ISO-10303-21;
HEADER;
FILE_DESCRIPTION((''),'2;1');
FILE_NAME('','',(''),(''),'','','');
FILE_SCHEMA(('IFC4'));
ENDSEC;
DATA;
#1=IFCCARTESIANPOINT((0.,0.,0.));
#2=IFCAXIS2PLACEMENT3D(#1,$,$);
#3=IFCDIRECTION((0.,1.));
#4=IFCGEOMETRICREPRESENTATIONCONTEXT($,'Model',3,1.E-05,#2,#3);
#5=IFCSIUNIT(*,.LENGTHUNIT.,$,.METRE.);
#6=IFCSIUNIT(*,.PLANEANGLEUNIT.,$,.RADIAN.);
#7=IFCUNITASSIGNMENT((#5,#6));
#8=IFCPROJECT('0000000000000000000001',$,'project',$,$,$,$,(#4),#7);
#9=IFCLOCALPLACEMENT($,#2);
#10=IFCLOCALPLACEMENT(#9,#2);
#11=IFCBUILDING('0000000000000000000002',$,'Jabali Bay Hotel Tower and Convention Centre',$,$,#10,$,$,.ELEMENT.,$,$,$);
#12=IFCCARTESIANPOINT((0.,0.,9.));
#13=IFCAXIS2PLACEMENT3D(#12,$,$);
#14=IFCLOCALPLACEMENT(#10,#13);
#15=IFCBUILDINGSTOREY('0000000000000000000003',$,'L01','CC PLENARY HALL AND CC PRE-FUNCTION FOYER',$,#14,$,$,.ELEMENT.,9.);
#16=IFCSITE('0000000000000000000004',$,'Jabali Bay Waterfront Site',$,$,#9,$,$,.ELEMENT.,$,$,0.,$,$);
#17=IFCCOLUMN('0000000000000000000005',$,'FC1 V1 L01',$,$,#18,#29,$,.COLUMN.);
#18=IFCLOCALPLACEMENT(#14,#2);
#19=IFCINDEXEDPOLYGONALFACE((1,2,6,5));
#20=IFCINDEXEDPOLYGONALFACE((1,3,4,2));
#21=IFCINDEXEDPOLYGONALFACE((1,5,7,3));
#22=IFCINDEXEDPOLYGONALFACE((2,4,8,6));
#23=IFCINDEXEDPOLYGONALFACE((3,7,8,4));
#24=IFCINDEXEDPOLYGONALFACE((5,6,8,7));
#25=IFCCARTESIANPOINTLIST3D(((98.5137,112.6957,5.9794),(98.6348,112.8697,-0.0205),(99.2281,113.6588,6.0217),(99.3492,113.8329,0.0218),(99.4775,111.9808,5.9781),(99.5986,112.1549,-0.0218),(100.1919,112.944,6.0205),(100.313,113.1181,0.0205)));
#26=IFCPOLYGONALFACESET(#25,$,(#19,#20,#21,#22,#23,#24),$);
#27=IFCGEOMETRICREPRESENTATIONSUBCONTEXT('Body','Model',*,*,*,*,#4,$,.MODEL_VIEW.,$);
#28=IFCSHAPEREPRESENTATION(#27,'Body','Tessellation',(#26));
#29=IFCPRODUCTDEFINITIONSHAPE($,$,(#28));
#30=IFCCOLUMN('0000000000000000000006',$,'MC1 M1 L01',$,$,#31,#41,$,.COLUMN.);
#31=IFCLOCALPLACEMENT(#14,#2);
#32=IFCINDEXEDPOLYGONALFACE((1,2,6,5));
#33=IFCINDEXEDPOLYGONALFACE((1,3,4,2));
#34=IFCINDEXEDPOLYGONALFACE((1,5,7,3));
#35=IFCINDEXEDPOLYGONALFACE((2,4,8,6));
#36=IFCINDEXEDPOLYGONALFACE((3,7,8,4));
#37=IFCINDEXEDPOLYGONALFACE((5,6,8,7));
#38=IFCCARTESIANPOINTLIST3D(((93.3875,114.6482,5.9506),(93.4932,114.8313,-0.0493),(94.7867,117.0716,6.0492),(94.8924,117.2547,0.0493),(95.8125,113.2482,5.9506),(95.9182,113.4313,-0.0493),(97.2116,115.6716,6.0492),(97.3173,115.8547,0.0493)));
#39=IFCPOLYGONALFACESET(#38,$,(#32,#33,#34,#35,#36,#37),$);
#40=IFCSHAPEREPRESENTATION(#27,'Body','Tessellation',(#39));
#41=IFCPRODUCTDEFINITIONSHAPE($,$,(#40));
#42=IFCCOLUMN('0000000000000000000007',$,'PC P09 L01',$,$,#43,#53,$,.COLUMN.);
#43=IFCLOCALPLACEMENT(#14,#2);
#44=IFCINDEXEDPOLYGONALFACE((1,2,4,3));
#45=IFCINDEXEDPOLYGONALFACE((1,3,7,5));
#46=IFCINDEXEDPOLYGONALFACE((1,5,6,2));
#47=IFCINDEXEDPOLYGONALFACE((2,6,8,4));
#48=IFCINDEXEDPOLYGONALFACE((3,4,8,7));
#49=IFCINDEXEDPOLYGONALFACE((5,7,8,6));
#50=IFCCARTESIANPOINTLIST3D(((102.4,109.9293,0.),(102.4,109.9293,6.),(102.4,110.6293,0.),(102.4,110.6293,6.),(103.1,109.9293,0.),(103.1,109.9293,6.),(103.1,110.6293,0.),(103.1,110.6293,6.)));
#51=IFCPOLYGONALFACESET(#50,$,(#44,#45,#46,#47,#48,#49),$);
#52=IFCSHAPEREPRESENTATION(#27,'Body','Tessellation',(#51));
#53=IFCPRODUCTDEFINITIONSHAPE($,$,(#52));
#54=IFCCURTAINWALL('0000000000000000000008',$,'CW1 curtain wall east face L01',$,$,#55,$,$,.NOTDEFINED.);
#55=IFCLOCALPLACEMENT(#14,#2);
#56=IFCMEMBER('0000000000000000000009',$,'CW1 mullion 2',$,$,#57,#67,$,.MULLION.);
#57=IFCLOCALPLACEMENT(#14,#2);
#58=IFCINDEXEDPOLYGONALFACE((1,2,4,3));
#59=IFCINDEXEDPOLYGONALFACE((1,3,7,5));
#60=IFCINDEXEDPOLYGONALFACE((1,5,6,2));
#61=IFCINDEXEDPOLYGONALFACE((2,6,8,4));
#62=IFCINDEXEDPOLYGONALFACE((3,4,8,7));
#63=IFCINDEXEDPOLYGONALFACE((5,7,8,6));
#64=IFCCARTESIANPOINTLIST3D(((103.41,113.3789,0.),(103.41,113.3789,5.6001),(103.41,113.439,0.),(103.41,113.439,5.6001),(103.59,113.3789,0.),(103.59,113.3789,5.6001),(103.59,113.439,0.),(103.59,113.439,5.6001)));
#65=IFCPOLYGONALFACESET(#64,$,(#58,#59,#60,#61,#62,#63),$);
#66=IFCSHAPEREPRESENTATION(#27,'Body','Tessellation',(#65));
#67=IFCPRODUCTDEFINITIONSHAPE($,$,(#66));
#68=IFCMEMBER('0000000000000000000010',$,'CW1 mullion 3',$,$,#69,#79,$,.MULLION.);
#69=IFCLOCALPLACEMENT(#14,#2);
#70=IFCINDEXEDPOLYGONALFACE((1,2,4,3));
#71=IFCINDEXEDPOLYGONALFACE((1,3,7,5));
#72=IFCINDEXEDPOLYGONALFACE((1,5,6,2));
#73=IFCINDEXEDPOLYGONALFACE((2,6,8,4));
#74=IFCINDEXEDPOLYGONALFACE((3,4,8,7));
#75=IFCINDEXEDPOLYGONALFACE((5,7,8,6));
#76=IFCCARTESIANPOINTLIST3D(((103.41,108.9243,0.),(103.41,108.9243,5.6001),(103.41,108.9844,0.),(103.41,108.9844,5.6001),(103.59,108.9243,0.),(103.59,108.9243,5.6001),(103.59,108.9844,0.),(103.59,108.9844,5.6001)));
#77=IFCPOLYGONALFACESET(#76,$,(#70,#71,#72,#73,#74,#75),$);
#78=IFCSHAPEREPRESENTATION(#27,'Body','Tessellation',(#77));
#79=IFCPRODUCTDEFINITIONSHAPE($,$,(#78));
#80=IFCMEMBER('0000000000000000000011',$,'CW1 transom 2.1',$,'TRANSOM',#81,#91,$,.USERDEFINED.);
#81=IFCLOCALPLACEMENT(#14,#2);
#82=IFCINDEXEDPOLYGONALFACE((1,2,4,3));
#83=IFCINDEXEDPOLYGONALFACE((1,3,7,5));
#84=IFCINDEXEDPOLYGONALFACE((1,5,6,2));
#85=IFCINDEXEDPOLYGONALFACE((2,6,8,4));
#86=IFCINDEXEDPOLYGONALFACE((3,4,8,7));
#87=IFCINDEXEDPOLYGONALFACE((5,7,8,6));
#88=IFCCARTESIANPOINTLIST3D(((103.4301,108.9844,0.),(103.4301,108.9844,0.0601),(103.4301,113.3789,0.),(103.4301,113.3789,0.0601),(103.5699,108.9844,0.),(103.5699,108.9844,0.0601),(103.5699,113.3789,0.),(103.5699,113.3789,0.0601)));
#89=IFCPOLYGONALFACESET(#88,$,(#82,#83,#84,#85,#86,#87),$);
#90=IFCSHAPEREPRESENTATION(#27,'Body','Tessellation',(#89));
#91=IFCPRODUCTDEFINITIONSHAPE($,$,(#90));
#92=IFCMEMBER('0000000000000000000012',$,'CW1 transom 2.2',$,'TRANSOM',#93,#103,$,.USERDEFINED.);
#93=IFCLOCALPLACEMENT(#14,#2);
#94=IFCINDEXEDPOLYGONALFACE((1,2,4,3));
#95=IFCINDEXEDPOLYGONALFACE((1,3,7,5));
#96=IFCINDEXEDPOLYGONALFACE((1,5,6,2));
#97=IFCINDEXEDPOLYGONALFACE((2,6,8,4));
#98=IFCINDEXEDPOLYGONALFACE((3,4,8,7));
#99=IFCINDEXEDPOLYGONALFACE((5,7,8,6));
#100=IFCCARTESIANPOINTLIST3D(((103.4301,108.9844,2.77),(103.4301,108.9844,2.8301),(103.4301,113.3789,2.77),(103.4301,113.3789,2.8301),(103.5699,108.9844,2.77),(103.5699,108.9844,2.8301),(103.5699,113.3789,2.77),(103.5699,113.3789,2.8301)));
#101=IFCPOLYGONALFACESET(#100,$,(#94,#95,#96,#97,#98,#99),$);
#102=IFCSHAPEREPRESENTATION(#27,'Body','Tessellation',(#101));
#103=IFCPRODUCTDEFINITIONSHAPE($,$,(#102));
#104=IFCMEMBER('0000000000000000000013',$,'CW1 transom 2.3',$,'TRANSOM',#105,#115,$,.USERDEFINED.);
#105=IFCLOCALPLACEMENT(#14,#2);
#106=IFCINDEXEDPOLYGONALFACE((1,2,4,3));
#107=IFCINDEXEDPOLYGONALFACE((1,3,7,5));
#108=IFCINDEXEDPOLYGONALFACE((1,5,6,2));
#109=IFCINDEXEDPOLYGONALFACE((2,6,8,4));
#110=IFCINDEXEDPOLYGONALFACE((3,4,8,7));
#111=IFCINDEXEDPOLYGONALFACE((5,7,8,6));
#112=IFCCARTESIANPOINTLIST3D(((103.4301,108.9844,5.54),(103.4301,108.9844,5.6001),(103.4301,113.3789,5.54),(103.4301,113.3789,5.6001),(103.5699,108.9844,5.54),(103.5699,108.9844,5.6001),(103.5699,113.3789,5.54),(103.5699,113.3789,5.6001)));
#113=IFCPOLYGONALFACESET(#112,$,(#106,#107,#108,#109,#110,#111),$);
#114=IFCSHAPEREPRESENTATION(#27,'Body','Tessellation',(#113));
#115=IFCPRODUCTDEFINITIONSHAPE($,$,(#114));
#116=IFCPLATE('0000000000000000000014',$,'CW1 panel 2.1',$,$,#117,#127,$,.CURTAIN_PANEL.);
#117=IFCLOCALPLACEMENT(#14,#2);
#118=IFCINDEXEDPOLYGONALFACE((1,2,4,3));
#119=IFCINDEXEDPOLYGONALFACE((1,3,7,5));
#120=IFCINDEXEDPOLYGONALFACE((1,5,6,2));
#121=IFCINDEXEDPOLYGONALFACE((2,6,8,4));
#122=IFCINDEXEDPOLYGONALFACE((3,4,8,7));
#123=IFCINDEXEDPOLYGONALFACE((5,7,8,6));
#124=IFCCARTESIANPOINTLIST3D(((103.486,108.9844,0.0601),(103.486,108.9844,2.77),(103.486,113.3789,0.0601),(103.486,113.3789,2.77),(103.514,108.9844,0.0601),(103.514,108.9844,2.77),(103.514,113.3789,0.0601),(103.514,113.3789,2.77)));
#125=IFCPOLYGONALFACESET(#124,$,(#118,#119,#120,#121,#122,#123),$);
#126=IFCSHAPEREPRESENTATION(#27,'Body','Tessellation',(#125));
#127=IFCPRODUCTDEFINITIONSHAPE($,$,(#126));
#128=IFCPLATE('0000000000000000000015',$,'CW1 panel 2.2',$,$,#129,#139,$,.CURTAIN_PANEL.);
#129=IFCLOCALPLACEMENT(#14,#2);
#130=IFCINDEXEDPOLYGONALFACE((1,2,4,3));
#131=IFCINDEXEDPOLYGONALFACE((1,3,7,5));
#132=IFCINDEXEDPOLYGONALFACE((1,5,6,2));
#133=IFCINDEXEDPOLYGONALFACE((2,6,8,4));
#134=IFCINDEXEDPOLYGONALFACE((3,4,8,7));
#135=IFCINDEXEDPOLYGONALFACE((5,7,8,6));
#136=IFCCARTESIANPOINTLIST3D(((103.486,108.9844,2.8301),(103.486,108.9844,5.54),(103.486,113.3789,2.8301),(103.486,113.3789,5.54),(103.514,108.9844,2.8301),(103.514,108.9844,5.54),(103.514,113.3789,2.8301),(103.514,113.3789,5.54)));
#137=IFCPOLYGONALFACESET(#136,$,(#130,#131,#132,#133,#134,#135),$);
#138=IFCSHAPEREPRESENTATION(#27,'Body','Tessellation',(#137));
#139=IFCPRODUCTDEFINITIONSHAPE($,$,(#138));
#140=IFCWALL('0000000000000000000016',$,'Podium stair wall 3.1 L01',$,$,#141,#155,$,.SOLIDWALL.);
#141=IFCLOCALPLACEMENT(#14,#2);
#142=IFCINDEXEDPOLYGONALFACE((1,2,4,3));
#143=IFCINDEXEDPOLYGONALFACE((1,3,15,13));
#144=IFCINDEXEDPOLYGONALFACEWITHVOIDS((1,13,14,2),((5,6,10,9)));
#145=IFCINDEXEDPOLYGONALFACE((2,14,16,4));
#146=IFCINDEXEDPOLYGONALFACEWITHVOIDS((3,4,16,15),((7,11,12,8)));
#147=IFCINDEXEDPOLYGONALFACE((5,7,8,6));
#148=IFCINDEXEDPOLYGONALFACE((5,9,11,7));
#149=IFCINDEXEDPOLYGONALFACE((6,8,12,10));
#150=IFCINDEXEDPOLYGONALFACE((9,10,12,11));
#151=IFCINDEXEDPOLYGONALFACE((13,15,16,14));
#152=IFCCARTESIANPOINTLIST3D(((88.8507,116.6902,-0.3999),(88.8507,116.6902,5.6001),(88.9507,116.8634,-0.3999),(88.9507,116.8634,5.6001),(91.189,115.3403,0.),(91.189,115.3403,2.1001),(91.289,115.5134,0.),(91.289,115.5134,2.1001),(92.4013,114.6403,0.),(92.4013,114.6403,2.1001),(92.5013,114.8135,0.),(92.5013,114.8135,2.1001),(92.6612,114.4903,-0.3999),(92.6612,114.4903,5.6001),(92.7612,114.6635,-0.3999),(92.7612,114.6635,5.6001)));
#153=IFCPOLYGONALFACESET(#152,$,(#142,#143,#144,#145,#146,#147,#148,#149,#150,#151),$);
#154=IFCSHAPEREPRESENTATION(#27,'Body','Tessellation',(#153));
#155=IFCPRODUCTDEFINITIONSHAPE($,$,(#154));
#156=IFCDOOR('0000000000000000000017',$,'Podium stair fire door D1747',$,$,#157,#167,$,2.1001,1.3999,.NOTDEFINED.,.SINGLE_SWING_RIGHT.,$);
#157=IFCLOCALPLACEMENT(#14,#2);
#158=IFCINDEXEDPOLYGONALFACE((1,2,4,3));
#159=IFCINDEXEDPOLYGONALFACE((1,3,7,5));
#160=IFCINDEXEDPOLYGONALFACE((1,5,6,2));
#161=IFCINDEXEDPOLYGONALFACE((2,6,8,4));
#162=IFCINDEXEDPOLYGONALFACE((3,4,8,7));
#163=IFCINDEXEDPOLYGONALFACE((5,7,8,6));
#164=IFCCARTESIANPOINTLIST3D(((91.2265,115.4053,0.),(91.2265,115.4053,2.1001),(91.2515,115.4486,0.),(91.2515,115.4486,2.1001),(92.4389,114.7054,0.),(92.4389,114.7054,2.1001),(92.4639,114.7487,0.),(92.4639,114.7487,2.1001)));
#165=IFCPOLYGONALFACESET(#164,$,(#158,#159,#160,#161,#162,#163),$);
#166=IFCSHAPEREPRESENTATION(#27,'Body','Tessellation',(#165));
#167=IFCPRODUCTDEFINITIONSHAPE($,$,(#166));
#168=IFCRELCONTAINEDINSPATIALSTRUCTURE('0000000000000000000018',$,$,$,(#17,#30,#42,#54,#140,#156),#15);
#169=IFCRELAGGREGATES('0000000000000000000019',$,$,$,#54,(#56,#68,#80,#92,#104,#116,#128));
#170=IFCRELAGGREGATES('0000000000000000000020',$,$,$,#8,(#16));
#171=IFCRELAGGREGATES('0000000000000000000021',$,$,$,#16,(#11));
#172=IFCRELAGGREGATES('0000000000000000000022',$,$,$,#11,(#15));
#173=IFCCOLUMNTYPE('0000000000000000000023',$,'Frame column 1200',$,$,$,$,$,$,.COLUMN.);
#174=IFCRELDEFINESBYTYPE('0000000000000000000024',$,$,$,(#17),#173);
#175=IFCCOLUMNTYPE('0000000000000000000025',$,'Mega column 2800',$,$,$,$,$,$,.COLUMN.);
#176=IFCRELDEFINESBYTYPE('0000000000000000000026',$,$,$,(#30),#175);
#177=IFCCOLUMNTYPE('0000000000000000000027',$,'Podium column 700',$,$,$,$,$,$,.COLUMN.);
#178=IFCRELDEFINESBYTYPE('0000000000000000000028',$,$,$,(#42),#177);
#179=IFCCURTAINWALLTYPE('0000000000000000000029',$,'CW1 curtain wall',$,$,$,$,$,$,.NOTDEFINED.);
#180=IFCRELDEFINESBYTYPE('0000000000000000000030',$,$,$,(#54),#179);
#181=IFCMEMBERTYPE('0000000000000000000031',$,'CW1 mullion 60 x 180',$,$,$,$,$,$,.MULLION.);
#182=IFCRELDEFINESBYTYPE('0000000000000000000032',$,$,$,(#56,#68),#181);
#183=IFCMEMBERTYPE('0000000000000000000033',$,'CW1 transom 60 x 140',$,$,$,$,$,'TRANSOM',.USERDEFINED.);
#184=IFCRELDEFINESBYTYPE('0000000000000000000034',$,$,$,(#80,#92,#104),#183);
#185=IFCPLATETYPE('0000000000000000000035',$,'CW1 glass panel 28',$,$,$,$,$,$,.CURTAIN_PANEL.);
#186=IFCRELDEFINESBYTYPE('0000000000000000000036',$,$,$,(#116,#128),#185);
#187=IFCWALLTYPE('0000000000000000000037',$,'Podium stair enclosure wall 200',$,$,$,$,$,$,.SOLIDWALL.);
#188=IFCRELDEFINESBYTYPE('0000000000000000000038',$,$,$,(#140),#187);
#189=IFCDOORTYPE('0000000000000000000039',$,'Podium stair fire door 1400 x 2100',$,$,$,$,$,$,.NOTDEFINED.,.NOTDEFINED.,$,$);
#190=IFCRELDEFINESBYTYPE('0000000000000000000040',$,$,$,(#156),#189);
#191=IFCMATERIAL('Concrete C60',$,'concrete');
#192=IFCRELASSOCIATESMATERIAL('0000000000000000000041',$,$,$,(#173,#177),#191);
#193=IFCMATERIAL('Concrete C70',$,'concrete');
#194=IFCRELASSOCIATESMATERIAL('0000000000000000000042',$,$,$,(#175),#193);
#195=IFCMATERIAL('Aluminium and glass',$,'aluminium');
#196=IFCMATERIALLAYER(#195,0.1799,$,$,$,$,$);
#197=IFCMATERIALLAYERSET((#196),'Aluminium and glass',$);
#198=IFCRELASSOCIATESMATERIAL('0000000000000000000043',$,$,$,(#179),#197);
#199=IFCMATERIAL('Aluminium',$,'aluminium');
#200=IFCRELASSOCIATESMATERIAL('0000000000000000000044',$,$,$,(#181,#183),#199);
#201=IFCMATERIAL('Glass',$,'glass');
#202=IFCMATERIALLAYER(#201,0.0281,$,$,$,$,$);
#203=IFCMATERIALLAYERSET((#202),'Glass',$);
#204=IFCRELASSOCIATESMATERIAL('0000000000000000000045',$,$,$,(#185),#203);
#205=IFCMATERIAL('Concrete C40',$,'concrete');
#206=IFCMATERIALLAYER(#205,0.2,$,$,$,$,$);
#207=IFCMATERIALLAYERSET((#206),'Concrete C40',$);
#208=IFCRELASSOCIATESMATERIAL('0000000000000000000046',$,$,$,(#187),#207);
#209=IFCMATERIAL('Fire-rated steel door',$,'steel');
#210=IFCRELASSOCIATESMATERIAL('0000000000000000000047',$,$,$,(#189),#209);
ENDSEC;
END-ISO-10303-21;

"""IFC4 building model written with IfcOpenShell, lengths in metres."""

from ifc_helpers import new_model, si_unit, direction, frame, frame_2d, origin, origin_2d, place, context, subcontext, project, spatial, rectangle, extrude, material, layer, layer_set, material_profile, profile_set, type_object, element, fill, aggregate, save


model = new_model("IFC4")

# Units and contexts
model_context = context("Model", 3, precision=1e-05, world=origin(), true_north=direction((0.0, 1.0)))
body_context = subcontext(model_context, "Body", "Model", "MODEL_VIEW")
ifc_project = project(units=[si_unit("LENGTHUNIT", "METRE"), si_unit("PLANEANGLEUNIT", "RADIAN")], contexts=[model_context])

# Site, building, storey
site_placement = place(None, origin())
site = spatial("IfcSite", under=ifc_project, at=site_placement, Name="Jabali Bay Waterfront Site", CompositionType="ELEMENT", RefElevation=0.0)
building_placement = place(site_placement, origin())
building = spatial("IfcBuilding", under=site, at=building_placement, Name="Jabali Bay Hotel Tower and Convention Centre", CompositionType="ELEMENT")
storey_placement = place(building_placement, frame((0.0, 0.0, 9.0)))
storey = spatial("IfcBuildingStorey", under=building, at=storey_placement, Name="L01", Description="CC PLENARY HALL AND CC PRE-FUNCTION FOYER", CompositionType="ELEMENT", Elevation=9.0)

# Columns
ifc_material_1 = material(Name="Concrete C60", Category="concrete")
ifc_material_profile_1 = material_profile(ifc_material_1, rectangle(XDim=1.2, YDim=1.2, at=origin_2d()), Name="Frame column 1200")
ifc_profile_set_1 = profile_set([ifc_material_profile_1], Name="Concrete C60")
column_type_1 = type_object("IfcColumnType", Name="Frame column 1200", PredefinedType="COLUMN", material=ifc_profile_set_1)
column_1_placement = place(storey_placement, frame((99.4739, 112.9939, 0.0), z_axis=(-0.02017, -0.028994, 0.999376), x_axis=(0.595384, 0.802665, 0.035303)))
element("IfcColumn", 1, at=column_1_placement, inside=storey, type_object=column_type_1, Name="FC1 V1 L01", PredefinedType="COLUMN", context=body_context, shape_type="SweptSolid", body=[
    extrude(rectangle(XDim=1.2, YDim=1.2, at=origin_2d()), origin(), (0.0, 0.0, 1.0), 6.0037),
])
ifc_material_2 = material(Name="Concrete C70", Category="concrete")
ifc_material_profile_2 = material_profile(ifc_material_2, rectangle(XDim=2.8, YDim=2.8, at=origin_2d()), Name="Mega column 2800")
ifc_profile_set_2 = profile_set([ifc_material_profile_2], Name="Concrete C70")
column_type_2 = type_object("IfcColumnType", Name="Mega column 2800", PredefinedType="COLUMN", material=ifc_profile_set_2)
column_2_placement = place(storey_placement, frame((95.4053, 115.343, 0.0), z_axis=(-0.017608, -0.030499, 0.99938), x_axis=(0.866033, -0.499987, 0.0)))
element("IfcColumn", 2, at=column_2_placement, inside=storey, type_object=column_type_2, Name="MC1 M1 L01", PredefinedType="COLUMN", context=body_context, shape_type="SweptSolid", body=[
    extrude(rectangle(XDim=2.8, YDim=2.8, at=origin_2d()), origin(), (0.0, 0.0, 1.0), 6.0037),
])
ifc_material_profile_3 = material_profile(ifc_material_1, rectangle(XDim=0.7, YDim=0.7, at=origin_2d()), Name="Podium column 700")
ifc_profile_set_3 = profile_set([ifc_material_profile_3], Name="Concrete C60")
column_type_3 = type_object("IfcColumnType", Name="Podium column 700", PredefinedType="COLUMN", material=ifc_profile_set_3)
column_3_placement = place(storey_placement, frame((102.75, 110.2793, 0.0), z_axis=(0.0, 0.0, 1.0), x_axis=(1.0, 0.0, 0.0)))
element("IfcColumn", 3, at=column_3_placement, inside=storey, type_object=column_type_3, Name="PC P09 L01", PredefinedType="COLUMN", context=body_context, shape_type="SweptSolid", body=[
    extrude(rectangle(XDim=0.7, YDim=0.7, at=origin_2d()), origin(), (0.0, 0.0, 1.0), 6.0),
])

# Curtain wall, members, plates
ifc_material_3 = material(Name="Aluminium and glass", Category="aluminium")
ifc_layer_1 = layer(ifc_material_3, 0.1799)
ifc_layer_set_1 = layer_set([ifc_layer_1], Name="Aluminium and glass")
curtain_wall_type = type_object("IfcCurtainWallType", Name="CW1 curtain wall", PredefinedType="NOTDEFINED", material=ifc_layer_set_1)
curtain_wall_placement = place(storey_placement, origin())
curtain_wall = element("IfcCurtainWall", 4, at=curtain_wall_placement, inside=storey, type_object=curtain_wall_type, Name="CW1 curtain wall east face L01", PredefinedType="NOTDEFINED")
ifc_material_4 = material(Name="Aluminium", Category="aluminium")
ifc_material_profile_4 = material_profile(ifc_material_4, rectangle(XDim=0.1799, YDim=0.0601, at=origin_2d()), Name="CW1 mullion 60 x 180")
ifc_profile_set_4 = profile_set([ifc_material_profile_4], Name="Aluminium")
member_type_1 = type_object("IfcMemberType", Name="CW1 mullion 60 x 180", PredefinedType="MULLION", material=ifc_profile_set_4)
member_1_placement = place(storey_placement, frame((103.5, 113.4089, 0.0), z_axis=(0.0, 0.0, 1.0), x_axis=(1.0, 0.0, 0.0)))
member_1 = element("IfcMember", 5, at=member_1_placement, type_object=member_type_1, Name="CW1 mullion 2", PredefinedType="MULLION", context=body_context, shape_type="SweptSolid", body=[
    extrude(rectangle(XDim=0.1799, YDim=0.0601, at=origin_2d()), origin(), (0.0, 0.0, 1.0), 5.6001),
])
member_2_placement = place(storey_placement, frame((103.5, 108.9543, 0.0), z_axis=(0.0, 0.0, 1.0), x_axis=(1.0, 0.0, 0.0)))
member_2 = element("IfcMember", 6, at=member_2_placement, type_object=member_type_1, Name="CW1 mullion 3", PredefinedType="MULLION", context=body_context, shape_type="SweptSolid", body=[
    extrude(rectangle(XDim=0.1799, YDim=0.0601, at=origin_2d()), origin(), (0.0, 0.0, 1.0), 5.6001),
])
ifc_material_profile_5 = material_profile(ifc_material_4, rectangle(XDim=0.1399, YDim=0.0601, at=origin_2d()), Name="CW1 transom 60 x 140")
ifc_profile_set_5 = profile_set([ifc_material_profile_5], Name="Aluminium")
member_type_2 = type_object("IfcMemberType", Name="CW1 transom 60 x 140", ElementType="TRANSOM", PredefinedType="USERDEFINED", material=ifc_profile_set_5)
member_3_placement = place(storey_placement, frame((103.5, 113.3789, 0.03), z_axis=(0.0, -1.0, 0.0), x_axis=(1.0, 0.0, 0.0)))
member_3 = element("IfcMember", 7, at=member_3_placement, type_object=member_type_2, Name="CW1 transom 2.1", ObjectType="TRANSOM", PredefinedType="USERDEFINED", context=body_context, shape_type="SweptSolid", body=[
    extrude(rectangle(XDim=0.1399, YDim=0.0601, at=origin_2d()), origin(), (0.0, 0.0, 1.0), 4.3945),
])
member_4_placement = place(storey_placement, frame((103.5, 113.3789, 2.8), z_axis=(0.0, -1.0, 0.0), x_axis=(1.0, 0.0, 0.0)))
member_4 = element("IfcMember", 8, at=member_4_placement, type_object=member_type_2, Name="CW1 transom 2.2", ObjectType="TRANSOM", PredefinedType="USERDEFINED", context=body_context, shape_type="SweptSolid", body=[
    extrude(rectangle(XDim=0.1399, YDim=0.0601, at=origin_2d()), origin(), (0.0, 0.0, 1.0), 4.3945),
])
member_5_placement = place(storey_placement, frame((103.5, 113.3789, 5.5701), z_axis=(0.0, -1.0, 0.0), x_axis=(1.0, 0.0, 0.0)))
member_5 = element("IfcMember", 9, at=member_5_placement, type_object=member_type_2, Name="CW1 transom 2.3", ObjectType="TRANSOM", PredefinedType="USERDEFINED", context=body_context, shape_type="SweptSolid", body=[
    extrude(rectangle(XDim=0.1399, YDim=0.0601, at=origin_2d()), origin(), (0.0, 0.0, 1.0), 4.3945),
])
ifc_material_5 = material(Name="Glass", Category="glass")
ifc_layer_2 = layer(ifc_material_5, 0.0281)
ifc_layer_set_2 = layer_set([ifc_layer_2], Name="Glass")
plate_type = type_object("IfcPlateType", Name="CW1 glass panel 28", PredefinedType="CURTAIN_PANEL", material=ifc_layer_set_2)
plate_1_placement = place(storey_placement, frame((103.5, 111.1816, 0.0601), z_axis=(0.0, 0.0, 1.0), x_axis=(0.0, -1.0, 0.0)))
plate_1 = element("IfcPlate", 10, at=plate_1_placement, type_object=plate_type, Name="CW1 panel 2.1", PredefinedType="CURTAIN_PANEL", context=body_context, shape_type="SweptSolid", body=[
    extrude(rectangle(XDim=4.3945, YDim=0.0281, at=origin_2d()), origin(), (0.0, 0.0, 1.0), 2.71),
])
plate_2_placement = place(storey_placement, frame((103.5, 111.1816, 2.8301), z_axis=(0.0, 0.0, 1.0), x_axis=(0.0, -1.0, 0.0)))
plate_2 = element("IfcPlate", 11, at=plate_2_placement, type_object=plate_type, Name="CW1 panel 2.2", PredefinedType="CURTAIN_PANEL", context=body_context, shape_type="SweptSolid", body=[
    extrude(rectangle(XDim=4.3945, YDim=0.0281, at=origin_2d()), origin(), (0.0, 0.0, 1.0), 2.71),
])
aggregate(curtain_wall, [member_1, member_2, member_3, member_4, member_5, plate_1, plate_2])

# Wall, opening, door
ifc_material_6 = material(Name="Concrete C40", Category="concrete")
ifc_layer_3 = layer(ifc_material_6, 0.2)
ifc_layer_set_3 = layer_set([ifc_layer_3], Name="Concrete C40")
wall_type = type_object("IfcWallType", Name="Podium stair enclosure wall 200", PredefinedType="SOLIDWALL", material=ifc_layer_set_3)
wall_1_placement = place(storey_placement, frame((92.7112, 114.5769, -0.3999), z_axis=(0.0, 0.0, 1.0), x_axis=(-0.866032, 0.499988, 0.0)))
wall_1 = element("IfcWall", 12, at=wall_1_placement, inside=storey, type_object=wall_type, Name="Podium stair wall 3.1 L01", PredefinedType="SOLIDWALL", context=body_context, shape_type="SweptSolid", body=[
    extrude(rectangle(XDim=4.3999, YDim=0.2, at=frame_2d((2.2, 0.0))), origin(), (0.0, 0.0, 1.0), 6.0),
])
opening_1_placement = place(wall_1_placement, frame((0.3, 0.0, 0.3999)))
opening_1 = element("IfcOpeningElement", 13, at=opening_1_placement, cuts=wall_1, PredefinedType="OPENING", context=body_context, shape_type="SweptSolid", body=[
    extrude(rectangle(XDim=1.3999, YDim=2.1001, at=frame_2d((0.7, 1.05))), frame((0.0, 0.1104, 0.0), z_axis=(0.0, -1.0, 0.0), x_axis=(1.0, 0.0, 0.0)), (0.0, 0.0, 1.0), 0.2209),
])
ifc_material_7 = material(Name="Fire-rated steel door", Category="steel")
door_type = type_object("IfcDoorType", Name="Podium stair fire door 1400 x 2100", OperationType="NOTDEFINED", PredefinedType="NOTDEFINED", material=ifc_material_7)
door_1_placement = place(opening_1_placement, origin())
door_1 = element("IfcDoor", 14, at=door_1_placement, inside=storey, type_object=door_type, Name="Podium stair fire door D1747", OperationType="SINGLE_SWING_RIGHT", OverallHeight=2.1001, OverallWidth=1.3999, PredefinedType="NOTDEFINED", context=body_context, shape_type="SweptSolid", body=[
    extrude(rectangle(XDim=1.3999, YDim=2.1001, at=frame_2d((0.7, 1.05))), frame((0.0, 0.0249, 0.0), z_axis=(0.0, -1.0, 0.0), x_axis=(1.0, 0.0, 0.0)), (0.0, 0.0, 1.0), 0.05),
])
fill(opening_1, door_1)

save(model, "model.ifc")
